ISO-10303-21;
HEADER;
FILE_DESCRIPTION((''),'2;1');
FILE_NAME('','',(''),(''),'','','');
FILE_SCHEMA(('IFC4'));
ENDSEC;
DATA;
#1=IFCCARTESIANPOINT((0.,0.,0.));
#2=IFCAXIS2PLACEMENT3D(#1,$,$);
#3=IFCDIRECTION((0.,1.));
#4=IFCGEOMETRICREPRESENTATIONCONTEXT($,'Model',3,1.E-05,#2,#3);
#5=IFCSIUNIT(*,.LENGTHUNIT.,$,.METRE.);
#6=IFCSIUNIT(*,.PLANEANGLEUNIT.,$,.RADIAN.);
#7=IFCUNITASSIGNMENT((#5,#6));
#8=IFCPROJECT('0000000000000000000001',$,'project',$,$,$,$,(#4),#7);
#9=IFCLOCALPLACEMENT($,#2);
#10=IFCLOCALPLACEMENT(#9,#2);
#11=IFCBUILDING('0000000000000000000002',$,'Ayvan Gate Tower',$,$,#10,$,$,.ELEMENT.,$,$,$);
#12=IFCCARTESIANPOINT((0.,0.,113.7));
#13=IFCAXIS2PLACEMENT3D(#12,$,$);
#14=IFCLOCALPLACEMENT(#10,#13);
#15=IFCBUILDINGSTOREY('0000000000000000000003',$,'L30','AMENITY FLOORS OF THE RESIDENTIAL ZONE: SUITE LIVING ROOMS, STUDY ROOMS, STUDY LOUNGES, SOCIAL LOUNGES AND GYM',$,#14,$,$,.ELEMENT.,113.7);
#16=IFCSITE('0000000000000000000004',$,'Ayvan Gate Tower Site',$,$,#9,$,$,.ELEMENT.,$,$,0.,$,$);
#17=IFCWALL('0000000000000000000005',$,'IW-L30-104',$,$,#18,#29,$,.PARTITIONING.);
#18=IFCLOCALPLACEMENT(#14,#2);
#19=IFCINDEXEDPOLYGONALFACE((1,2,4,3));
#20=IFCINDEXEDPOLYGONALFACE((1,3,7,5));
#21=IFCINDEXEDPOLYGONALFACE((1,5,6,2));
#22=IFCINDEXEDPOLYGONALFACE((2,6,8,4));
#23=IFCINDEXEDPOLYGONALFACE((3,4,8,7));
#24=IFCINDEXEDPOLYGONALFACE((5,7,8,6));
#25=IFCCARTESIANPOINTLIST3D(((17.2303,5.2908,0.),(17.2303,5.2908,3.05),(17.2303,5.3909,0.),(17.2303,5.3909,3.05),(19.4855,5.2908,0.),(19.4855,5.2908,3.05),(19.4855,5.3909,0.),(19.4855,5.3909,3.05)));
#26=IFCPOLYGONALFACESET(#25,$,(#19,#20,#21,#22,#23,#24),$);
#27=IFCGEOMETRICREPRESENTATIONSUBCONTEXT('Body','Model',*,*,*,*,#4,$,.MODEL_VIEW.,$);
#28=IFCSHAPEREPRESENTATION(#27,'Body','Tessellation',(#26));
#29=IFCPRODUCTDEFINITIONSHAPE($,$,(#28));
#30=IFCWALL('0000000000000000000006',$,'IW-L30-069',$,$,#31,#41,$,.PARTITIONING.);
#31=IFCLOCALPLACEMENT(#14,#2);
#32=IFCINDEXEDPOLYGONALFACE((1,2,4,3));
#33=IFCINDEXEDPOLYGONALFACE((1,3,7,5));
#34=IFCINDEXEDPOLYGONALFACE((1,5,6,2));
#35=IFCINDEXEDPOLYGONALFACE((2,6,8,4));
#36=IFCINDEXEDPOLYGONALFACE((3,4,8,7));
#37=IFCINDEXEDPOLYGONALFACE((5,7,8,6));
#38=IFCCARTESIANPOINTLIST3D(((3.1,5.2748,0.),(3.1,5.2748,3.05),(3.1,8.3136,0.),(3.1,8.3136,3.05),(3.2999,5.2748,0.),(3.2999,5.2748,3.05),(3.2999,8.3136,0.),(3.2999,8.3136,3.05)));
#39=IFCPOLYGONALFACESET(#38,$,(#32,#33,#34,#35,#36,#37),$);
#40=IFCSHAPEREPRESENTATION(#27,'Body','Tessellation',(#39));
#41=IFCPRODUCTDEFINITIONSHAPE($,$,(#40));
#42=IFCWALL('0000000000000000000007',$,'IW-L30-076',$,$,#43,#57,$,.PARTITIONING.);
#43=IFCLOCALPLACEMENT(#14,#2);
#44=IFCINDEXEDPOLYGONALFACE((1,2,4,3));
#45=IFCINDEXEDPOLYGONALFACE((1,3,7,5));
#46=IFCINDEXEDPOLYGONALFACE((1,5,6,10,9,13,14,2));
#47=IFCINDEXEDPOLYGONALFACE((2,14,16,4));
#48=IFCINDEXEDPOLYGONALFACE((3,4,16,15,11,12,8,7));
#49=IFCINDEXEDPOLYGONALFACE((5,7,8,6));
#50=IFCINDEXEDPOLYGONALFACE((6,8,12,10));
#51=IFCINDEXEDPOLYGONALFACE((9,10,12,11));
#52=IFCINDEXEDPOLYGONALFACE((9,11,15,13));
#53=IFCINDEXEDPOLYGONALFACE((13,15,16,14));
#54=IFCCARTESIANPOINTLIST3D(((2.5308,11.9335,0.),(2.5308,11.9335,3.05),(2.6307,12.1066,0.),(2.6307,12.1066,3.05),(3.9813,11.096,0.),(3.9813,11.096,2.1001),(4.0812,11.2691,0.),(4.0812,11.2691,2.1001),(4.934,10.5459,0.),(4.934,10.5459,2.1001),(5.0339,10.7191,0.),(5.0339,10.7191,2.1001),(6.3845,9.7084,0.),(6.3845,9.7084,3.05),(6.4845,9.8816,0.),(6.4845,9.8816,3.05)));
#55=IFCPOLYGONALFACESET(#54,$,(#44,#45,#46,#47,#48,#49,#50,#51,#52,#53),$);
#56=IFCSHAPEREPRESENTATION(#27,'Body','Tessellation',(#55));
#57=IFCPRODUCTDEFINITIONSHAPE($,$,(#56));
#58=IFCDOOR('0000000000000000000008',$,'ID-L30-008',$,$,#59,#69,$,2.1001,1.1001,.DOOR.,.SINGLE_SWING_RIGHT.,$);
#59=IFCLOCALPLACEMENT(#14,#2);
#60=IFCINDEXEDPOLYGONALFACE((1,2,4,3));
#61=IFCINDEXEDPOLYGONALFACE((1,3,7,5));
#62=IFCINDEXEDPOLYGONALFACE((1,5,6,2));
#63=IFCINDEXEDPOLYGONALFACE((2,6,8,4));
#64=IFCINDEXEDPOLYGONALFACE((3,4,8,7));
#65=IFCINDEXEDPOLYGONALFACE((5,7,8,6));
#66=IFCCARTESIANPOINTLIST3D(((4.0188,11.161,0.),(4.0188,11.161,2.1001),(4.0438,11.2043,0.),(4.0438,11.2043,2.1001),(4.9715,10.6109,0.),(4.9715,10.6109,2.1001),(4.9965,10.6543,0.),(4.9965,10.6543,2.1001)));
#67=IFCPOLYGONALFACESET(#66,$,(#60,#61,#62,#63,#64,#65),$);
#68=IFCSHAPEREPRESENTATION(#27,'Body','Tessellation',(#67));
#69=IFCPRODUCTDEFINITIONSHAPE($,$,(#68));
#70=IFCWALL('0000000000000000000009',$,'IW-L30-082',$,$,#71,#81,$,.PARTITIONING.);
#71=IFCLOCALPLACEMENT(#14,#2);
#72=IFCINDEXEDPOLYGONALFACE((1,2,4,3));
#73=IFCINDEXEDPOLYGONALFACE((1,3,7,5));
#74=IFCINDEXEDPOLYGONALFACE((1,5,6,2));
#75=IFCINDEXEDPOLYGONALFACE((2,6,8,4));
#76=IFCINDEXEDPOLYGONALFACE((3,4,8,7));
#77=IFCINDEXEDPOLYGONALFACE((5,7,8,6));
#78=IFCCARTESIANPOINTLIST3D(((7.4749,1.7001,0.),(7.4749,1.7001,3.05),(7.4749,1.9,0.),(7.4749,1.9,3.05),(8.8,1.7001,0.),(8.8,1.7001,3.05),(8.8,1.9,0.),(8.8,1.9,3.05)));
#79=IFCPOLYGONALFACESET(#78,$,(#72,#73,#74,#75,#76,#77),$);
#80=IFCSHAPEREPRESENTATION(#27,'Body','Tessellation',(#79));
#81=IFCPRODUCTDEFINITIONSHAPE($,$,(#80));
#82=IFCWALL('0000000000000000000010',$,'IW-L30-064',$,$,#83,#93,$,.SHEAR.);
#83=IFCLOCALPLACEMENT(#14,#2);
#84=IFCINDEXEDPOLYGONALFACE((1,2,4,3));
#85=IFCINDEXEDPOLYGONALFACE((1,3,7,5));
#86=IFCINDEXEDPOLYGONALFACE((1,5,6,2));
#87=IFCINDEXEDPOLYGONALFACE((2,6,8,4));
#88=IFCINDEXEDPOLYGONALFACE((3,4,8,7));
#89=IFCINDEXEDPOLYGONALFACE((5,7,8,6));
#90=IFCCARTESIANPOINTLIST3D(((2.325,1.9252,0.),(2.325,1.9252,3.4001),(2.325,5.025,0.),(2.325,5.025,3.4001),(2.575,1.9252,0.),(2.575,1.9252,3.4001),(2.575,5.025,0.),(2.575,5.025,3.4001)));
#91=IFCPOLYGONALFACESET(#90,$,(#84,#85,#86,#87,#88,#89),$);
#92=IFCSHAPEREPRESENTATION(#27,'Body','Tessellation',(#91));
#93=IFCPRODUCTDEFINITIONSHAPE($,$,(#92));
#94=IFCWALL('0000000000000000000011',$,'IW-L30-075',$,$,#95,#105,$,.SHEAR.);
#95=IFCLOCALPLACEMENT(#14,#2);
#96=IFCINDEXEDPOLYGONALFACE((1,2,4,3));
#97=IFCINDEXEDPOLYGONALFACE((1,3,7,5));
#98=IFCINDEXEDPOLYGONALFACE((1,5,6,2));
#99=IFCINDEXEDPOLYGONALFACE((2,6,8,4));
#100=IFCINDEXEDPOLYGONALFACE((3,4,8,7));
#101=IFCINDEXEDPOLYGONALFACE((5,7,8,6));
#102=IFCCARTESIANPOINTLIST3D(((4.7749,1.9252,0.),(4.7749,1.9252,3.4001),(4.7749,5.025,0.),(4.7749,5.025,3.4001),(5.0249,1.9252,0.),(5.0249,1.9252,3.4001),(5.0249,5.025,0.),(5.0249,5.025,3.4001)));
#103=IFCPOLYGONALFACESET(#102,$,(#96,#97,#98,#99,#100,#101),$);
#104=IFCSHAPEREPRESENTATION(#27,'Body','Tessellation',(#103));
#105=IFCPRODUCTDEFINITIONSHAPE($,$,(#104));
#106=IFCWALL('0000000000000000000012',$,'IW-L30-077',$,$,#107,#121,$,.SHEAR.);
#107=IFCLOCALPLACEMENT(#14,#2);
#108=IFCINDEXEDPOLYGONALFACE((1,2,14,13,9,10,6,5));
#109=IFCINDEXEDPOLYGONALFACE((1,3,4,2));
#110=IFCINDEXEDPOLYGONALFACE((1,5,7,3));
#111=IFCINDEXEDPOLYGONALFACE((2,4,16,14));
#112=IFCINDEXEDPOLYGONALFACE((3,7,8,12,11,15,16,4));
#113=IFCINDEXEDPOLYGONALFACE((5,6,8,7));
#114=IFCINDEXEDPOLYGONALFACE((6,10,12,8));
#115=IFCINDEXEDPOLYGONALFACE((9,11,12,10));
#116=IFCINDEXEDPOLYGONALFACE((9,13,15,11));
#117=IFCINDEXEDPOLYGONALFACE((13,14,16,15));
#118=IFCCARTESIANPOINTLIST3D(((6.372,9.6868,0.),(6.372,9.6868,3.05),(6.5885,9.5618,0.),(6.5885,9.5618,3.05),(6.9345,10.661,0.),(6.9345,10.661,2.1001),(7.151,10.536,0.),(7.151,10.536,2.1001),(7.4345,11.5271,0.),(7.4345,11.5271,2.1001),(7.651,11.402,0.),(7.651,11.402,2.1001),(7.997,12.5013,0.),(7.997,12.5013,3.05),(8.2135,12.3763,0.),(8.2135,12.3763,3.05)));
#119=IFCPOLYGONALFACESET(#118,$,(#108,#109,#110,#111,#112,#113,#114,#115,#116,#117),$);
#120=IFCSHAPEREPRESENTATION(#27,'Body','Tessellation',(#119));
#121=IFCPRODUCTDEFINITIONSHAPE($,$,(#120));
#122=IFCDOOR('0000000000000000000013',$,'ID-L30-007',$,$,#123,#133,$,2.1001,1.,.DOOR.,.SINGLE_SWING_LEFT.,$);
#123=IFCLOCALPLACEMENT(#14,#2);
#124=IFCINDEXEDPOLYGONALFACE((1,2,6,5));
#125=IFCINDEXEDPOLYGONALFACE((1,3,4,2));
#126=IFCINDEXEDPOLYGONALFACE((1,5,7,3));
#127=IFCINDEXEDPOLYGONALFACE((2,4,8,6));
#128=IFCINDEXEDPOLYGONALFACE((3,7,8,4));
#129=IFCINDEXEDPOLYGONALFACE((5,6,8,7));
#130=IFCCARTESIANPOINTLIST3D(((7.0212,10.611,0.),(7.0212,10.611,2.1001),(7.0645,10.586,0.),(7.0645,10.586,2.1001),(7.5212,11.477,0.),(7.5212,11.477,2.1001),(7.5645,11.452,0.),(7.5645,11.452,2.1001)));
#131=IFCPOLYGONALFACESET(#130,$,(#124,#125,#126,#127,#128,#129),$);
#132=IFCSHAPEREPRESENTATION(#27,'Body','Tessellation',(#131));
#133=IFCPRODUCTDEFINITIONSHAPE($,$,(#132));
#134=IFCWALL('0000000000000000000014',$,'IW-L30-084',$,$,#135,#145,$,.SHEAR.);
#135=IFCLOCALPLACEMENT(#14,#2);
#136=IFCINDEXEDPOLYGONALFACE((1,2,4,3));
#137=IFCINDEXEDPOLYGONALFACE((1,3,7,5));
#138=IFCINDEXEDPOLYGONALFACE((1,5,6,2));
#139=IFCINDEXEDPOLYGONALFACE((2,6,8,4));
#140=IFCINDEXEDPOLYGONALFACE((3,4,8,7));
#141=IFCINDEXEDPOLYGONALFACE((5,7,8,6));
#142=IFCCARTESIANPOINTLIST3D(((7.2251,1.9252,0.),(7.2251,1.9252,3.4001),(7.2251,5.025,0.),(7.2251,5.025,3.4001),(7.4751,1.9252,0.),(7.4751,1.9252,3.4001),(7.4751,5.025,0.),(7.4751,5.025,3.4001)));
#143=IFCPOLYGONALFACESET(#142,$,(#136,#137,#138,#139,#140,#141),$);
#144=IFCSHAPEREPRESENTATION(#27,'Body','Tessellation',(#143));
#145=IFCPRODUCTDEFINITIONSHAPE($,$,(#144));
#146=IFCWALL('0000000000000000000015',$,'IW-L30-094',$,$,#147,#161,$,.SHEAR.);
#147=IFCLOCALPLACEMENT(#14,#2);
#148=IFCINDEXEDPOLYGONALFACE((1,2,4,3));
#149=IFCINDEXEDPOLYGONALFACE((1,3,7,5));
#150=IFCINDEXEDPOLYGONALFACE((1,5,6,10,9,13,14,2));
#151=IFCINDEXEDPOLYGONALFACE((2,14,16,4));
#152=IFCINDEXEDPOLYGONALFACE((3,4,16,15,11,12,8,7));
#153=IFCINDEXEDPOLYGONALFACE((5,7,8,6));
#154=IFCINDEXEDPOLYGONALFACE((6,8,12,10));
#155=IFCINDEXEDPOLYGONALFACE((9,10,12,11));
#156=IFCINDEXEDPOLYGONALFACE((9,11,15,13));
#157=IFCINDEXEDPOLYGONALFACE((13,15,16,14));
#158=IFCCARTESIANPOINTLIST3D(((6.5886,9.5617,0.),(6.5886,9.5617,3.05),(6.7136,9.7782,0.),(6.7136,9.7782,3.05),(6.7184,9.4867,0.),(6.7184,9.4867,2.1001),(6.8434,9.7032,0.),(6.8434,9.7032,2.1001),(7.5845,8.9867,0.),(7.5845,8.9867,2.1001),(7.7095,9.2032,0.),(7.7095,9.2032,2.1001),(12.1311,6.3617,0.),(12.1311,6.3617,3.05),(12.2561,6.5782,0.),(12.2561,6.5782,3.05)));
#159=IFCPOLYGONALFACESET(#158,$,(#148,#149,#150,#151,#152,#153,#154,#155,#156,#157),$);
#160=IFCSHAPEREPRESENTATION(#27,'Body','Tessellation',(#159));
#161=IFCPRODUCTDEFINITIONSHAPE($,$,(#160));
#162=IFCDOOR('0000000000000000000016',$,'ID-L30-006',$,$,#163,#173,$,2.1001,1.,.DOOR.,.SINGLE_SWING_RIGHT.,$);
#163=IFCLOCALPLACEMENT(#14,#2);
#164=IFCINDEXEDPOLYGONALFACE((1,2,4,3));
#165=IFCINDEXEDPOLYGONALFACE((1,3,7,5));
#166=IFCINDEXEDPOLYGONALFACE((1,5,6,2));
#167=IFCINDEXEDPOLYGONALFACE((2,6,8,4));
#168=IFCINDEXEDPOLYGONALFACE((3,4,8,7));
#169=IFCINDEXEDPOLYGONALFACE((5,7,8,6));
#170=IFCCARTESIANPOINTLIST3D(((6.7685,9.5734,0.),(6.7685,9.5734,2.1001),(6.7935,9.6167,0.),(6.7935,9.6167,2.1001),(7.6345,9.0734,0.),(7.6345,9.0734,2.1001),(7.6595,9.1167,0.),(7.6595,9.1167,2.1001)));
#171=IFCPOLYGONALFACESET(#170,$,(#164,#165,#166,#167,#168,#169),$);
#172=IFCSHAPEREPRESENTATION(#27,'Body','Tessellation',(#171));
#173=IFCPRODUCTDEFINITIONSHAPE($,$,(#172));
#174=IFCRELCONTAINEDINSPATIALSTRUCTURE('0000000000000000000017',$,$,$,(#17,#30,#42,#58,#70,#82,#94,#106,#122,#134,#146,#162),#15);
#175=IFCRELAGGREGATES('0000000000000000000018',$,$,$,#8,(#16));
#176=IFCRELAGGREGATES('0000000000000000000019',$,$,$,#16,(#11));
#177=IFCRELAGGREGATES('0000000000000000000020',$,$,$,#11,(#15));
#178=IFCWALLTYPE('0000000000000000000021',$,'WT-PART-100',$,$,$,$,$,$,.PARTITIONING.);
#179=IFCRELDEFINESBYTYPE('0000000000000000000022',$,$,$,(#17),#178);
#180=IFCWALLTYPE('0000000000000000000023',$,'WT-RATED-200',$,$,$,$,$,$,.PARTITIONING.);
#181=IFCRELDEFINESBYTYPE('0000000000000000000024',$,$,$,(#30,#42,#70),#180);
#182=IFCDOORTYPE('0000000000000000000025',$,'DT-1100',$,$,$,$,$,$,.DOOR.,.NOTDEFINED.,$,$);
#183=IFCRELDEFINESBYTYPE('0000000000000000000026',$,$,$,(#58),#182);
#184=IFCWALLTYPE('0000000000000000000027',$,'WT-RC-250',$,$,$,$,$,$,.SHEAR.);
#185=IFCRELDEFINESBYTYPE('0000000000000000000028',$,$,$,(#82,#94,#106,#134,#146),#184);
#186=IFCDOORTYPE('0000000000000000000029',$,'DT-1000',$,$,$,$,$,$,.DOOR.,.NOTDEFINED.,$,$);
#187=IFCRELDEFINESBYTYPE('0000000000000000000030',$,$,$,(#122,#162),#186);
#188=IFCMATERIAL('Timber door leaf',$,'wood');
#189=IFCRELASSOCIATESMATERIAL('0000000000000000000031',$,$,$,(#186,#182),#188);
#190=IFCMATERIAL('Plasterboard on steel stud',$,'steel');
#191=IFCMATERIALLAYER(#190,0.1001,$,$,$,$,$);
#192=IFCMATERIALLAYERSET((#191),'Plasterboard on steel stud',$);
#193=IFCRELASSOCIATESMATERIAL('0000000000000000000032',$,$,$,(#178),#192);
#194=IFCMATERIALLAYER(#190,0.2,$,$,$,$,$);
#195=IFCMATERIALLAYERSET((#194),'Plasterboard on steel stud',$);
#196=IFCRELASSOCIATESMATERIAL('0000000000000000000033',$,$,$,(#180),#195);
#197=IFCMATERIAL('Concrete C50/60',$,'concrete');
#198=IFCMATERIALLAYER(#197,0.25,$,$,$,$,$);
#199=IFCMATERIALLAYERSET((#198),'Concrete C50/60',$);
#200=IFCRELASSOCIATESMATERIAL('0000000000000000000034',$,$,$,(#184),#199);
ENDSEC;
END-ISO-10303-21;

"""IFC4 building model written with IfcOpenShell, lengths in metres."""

from ifc_helpers import new_model, si_unit, direction, frame, frame_2d, origin, place, context, subcontext, project, spatial, rectangle, extrude, material, layer, layer_set, type_object, element, fill, save


model = new_model("IFC4")

# Units and contexts
model_context = context("Model", 3, precision=1e-05, world=origin(), true_north=direction((0.0, 1.0)))
body_context = subcontext(model_context, "Body", "Model", "MODEL_VIEW")
ifc_project = project(units=[si_unit("LENGTHUNIT", "METRE"), si_unit("PLANEANGLEUNIT", "RADIAN")], contexts=[model_context])

# Site, building, storey
site_placement = place(None, origin())
site = spatial("IfcSite", under=ifc_project, at=site_placement, Name="Ayvan Gate Tower Site", CompositionType="ELEMENT", RefElevation=0.0)
building_placement = place(site_placement, origin())
building = spatial("IfcBuilding", under=site, at=building_placement, Name="Ayvan Gate Tower", CompositionType="ELEMENT")
storey_placement = place(building_placement, frame((0.0, 0.0, 113.7)))
storey = spatial("IfcBuildingStorey", under=building, at=storey_placement, Name="L30", Description="AMENITY FLOORS OF THE RESIDENTIAL ZONE: SUITE LIVING ROOMS, STUDY ROOMS, STUDY LOUNGES, SOCIAL LOUNGES AND GYM", CompositionType="ELEMENT", Elevation=113.7)

# Shared definitions
ifc_material_1 = material(Name="Timber door leaf", Category="wood")

# Shared definitions
ifc_material_2 = material(Name="Plasterboard on steel stud", Category="steel")

# Shared definitions
door_type_1 = type_object("IfcDoorType", Name="DT-1000", OperationType="NOTDEFINED", PredefinedType="DOOR", material=ifc_material_1)

# Walls
ifc_layer_1 = layer(ifc_material_2, 0.1001)
ifc_layer_set_1 = layer_set([ifc_layer_1], Name="Plasterboard on steel stud")
wall_type_1 = type_object("IfcWallType", Name="WT-PART-100", PredefinedType="PARTITIONING", material=ifc_layer_set_1)
wall_1_placement = place(storey_placement, frame((17.2305, 5.3408, 0.0), z_axis=(0.0, 0.0, 1.0), x_axis=(1.0, 0.0, 0.0)))
element("IfcWall", 1, at=wall_1_placement, inside=storey, type_object=wall_type_1, Name="IW-L30-104", PredefinedType="PARTITIONING", context=body_context, shape_type="SweptSolid", body=[
    extrude(rectangle(XDim=2.2551, YDim=0.1001, at=frame_2d((1.1274, 0.0))), origin(), (0.0, 0.0, 1.0), 3.05),
])
ifc_layer_2 = layer(ifc_material_2, 0.2)
ifc_layer_set_2 = layer_set([ifc_layer_2], Name="Plasterboard on steel stud")
wall_type_2 = type_object("IfcWallType", Name="WT-RATED-200", PredefinedType="PARTITIONING", material=ifc_layer_set_2)
wall_2_placement = place(storey_placement, frame((3.2, 8.3137, 0.0), z_axis=(0.0, 0.0, 1.0), x_axis=(0.0, -1.0, 0.0)))
element("IfcWall", 2, at=wall_2_placement, inside=storey, type_object=wall_type_2, Name="IW-L30-069", PredefinedType="PARTITIONING", context=body_context, shape_type="SweptSolid", body=[
    extrude(rectangle(XDim=3.0388, YDim=0.2, at=frame_2d((1.5195, 0.0))), origin(), (0.0, 0.0, 1.0), 3.05),
])

# Wall, opening, door
wall_3_placement = place(storey_placement, frame((6.4346, 9.7949, 0.0), z_axis=(0.0, 0.0, 1.0), x_axis=(-0.866013, 0.500022, 0.0)))
wall_3 = element("IfcWall", 3, at=wall_3_placement, inside=storey, type_object=wall_type_2, Name="IW-L30-076", PredefinedType="PARTITIONING", context=body_context, shape_type="SweptSolid", body=[
    extrude(rectangle(XDim=4.45, YDim=0.2, at=frame_2d((2.2251, 0.0))), origin(), (0.0, 0.0, 1.0), 3.05),
])
opening_1_placement = place(wall_3_placement, frame((1.675, 0.0, 0.0)))
opening_1 = element("IfcOpeningElement", 4, at=opening_1_placement, cuts=wall_3, PredefinedType="OPENING", context=body_context, shape_type="SweptSolid", body=[
    extrude(rectangle(XDim=1.1001, YDim=2.1001, at=frame_2d((0.55, 1.05))), frame((0.0, 0.1099, 0.0), z_axis=(0.0, -1.0, 0.0), x_axis=(1.0, 0.0, 0.0)), (0.0, 0.0, 1.0), 0.22),
])
door_type_2 = type_object("IfcDoorType", Name="DT-1100", OperationType="NOTDEFINED", PredefinedType="DOOR", material=ifc_material_1)
door_1_placement = place(opening_1_placement, origin())
door_1 = element("IfcDoor", 5, at=door_1_placement, inside=storey, type_object=door_type_2, Name="ID-L30-008", OperationType="SINGLE_SWING_RIGHT", OverallHeight=2.1001, OverallWidth=1.1001, PredefinedType="DOOR", context=body_context, shape_type="SweptSolid", body=[
    extrude(rectangle(XDim=1.1001, YDim=2.1001, at=frame_2d((0.55, 1.05))), frame((0.0, 0.0249, 0.0), z_axis=(0.0, -1.0, 0.0), x_axis=(1.0, 0.0, 0.0)), (0.0, 0.0, 1.0), 0.05),
])
fill(opening_1, door_1)

# Walls
wall_4_placement = place(storey_placement, frame((7.4749, 1.8, 0.0), z_axis=(0.0, 0.0, 1.0), x_axis=(1.0, 0.0, 0.0)))
element("IfcWall", 6, at=wall_4_placement, inside=storey, type_object=wall_type_2, Name="IW-L30-082", PredefinedType="PARTITIONING", context=body_context, shape_type="SweptSolid", body=[
    extrude(rectangle(XDim=1.3252, YDim=0.2, at=frame_2d((0.6626, 0.0))), origin(), (0.0, 0.0, 1.0), 3.05),
])
ifc_material_3 = material(Name="Concrete C50/60", Category="concrete")
ifc_layer_3 = layer(ifc_material_3, 0.25)
ifc_layer_set_3 = layer_set([ifc_layer_3], Name="Concrete C50/60")
wall_type_3 = type_object("IfcWallType", Name="WT-RC-250", PredefinedType="SHEAR", material=ifc_layer_set_3)
for number, where, z_axis, x_axis, name in (
    (7, (2.45, 5.0249, 0.0), (0.0, 0.0, 1.0), (0.0, -1.0, 0.0), "IW-L30-064"),
    (8, (4.8999, 5.0249, 0.0), (0.0, 0.0, 1.0), (0.0, -1.0, 0.0), "IW-L30-075"),
):
    element("IfcWall", number, at=place(storey_placement, frame(where, z_axis=z_axis, x_axis=x_axis)), inside=storey, type_object=wall_type_3, Name=name, PredefinedType="SHEAR", context=body_context, shape_type="SweptSolid", body=[
        extrude(rectangle(XDim=3.0999, YDim=0.25, at=frame_2d((1.5498, 0.0))), origin(), (0.0, 0.0, 1.0), 3.4001),
    ])

# Wall, opening, door
wall_5_placement = place(storey_placement, frame((6.4802, 9.6243, 0.0), z_axis=(0.0, 0.0, 1.0), x_axis=(0.500017, 0.866015, 0.0)))
wall_5 = element("IfcWall", 9, at=wall_5_placement, inside=storey, type_object=wall_type_3, Name="IW-L30-077", PredefinedType="SHEAR", context=body_context, shape_type="SweptSolid", body=[
    extrude(rectangle(XDim=3.25, YDim=0.25, at=frame_2d((1.625, 0.0))), origin(), (0.0, 0.0, 1.0), 3.05),
])
opening_2_placement = place(wall_5_placement, frame((1.125, 0.0, 0.0)))
opening_2 = element("IfcOpeningElement", 10, at=opening_2_placement, cuts=wall_5, PredefinedType="OPENING", context=body_context, shape_type="SweptSolid", body=[
    extrude(rectangle(XDim=1.0, YDim=2.1001, at=frame_2d((0.5, 1.05))), frame((0.0, 0.135, 0.0), z_axis=(0.0, -1.0, 0.0), x_axis=(1.0, 0.0, 0.0)), (0.0, 0.0, 1.0), 0.27),
])
door_2_placement = place(opening_2_placement, origin())
door_2 = element("IfcDoor", 11, at=door_2_placement, inside=storey, type_object=door_type_1, Name="ID-L30-007", OperationType="SINGLE_SWING_LEFT", OverallHeight=2.1001, OverallWidth=1.0, PredefinedType="DOOR", context=body_context, shape_type="SweptSolid", body=[
    extrude(rectangle(XDim=1.0, YDim=2.1001, at=frame_2d((0.5, 1.05))), frame((0.0, 0.0249, 0.0), z_axis=(0.0, -1.0, 0.0), x_axis=(1.0, 0.0, 0.0)), (0.0, 0.0, 1.0), 0.05),
])
fill(opening_2, door_2)

# Wall
wall_6_placement = place(storey_placement, frame((7.3501, 5.0249, 0.0), z_axis=(0.0, 0.0, 1.0), x_axis=(0.0, -1.0, 0.0)))
element("IfcWall", 12, at=wall_6_placement, inside=storey, type_object=wall_type_3, Name="IW-L30-084", PredefinedType="SHEAR", context=body_context, shape_type="SweptSolid", body=[
    extrude(rectangle(XDim=3.0999, YDim=0.25, at=frame_2d((1.5498, 0.0))), origin(), (0.0, 0.0, 1.0), 3.4001),
])

# Wall, opening, door
wall_7_placement = place(storey_placement, frame((12.1936, 6.47, 0.0), z_axis=(0.0, 0.0, 1.0), x_axis=(-0.866025, 0.5, 0.0)))
wall_7 = element("IfcWall", 13, at=wall_7_placement, inside=storey, type_object=wall_type_3, Name="IW-L30-094", PredefinedType="SHEAR", context=body_context, shape_type="SweptSolid", body=[
    extrude(rectangle(XDim=6.3999, YDim=0.25, at=frame_2d((3.2, 0.0))), origin(), (0.0, 0.0, 1.0), 3.05),
])
opening_3_placement = place(wall_7_placement, frame((5.25, 0.0, 0.0)))
opening_3 = element("IfcOpeningElement", 14, at=opening_3_placement, cuts=wall_7, PredefinedType="OPENING", context=body_context, shape_type="SweptSolid", body=[
    extrude(rectangle(XDim=1.0, YDim=2.1001, at=frame_2d((0.5, 1.05))), frame((0.0, 0.135, 0.0), z_axis=(0.0, -1.0, 0.0), x_axis=(1.0, 0.0, 0.0)), (0.0, 0.0, 1.0), 0.27),
])
door_3_placement = place(opening_3_placement, origin())
door_3 = element("IfcDoor", 15, at=door_3_placement, inside=storey, type_object=door_type_1, Name="ID-L30-006", OperationType="SINGLE_SWING_RIGHT", OverallHeight=2.1001, OverallWidth=1.0, PredefinedType="DOOR", context=body_context, shape_type="SweptSolid", body=[
    extrude(rectangle(XDim=1.0, YDim=2.1001, at=frame_2d((0.5, 1.05))), frame((0.0, 0.0249, 0.0), z_axis=(0.0, -1.0, 0.0), x_axis=(1.0, 0.0, 0.0)), (0.0, 0.0, 1.0), 0.05),
])
fill(opening_3, door_3)

save(model, "model.ifc")
